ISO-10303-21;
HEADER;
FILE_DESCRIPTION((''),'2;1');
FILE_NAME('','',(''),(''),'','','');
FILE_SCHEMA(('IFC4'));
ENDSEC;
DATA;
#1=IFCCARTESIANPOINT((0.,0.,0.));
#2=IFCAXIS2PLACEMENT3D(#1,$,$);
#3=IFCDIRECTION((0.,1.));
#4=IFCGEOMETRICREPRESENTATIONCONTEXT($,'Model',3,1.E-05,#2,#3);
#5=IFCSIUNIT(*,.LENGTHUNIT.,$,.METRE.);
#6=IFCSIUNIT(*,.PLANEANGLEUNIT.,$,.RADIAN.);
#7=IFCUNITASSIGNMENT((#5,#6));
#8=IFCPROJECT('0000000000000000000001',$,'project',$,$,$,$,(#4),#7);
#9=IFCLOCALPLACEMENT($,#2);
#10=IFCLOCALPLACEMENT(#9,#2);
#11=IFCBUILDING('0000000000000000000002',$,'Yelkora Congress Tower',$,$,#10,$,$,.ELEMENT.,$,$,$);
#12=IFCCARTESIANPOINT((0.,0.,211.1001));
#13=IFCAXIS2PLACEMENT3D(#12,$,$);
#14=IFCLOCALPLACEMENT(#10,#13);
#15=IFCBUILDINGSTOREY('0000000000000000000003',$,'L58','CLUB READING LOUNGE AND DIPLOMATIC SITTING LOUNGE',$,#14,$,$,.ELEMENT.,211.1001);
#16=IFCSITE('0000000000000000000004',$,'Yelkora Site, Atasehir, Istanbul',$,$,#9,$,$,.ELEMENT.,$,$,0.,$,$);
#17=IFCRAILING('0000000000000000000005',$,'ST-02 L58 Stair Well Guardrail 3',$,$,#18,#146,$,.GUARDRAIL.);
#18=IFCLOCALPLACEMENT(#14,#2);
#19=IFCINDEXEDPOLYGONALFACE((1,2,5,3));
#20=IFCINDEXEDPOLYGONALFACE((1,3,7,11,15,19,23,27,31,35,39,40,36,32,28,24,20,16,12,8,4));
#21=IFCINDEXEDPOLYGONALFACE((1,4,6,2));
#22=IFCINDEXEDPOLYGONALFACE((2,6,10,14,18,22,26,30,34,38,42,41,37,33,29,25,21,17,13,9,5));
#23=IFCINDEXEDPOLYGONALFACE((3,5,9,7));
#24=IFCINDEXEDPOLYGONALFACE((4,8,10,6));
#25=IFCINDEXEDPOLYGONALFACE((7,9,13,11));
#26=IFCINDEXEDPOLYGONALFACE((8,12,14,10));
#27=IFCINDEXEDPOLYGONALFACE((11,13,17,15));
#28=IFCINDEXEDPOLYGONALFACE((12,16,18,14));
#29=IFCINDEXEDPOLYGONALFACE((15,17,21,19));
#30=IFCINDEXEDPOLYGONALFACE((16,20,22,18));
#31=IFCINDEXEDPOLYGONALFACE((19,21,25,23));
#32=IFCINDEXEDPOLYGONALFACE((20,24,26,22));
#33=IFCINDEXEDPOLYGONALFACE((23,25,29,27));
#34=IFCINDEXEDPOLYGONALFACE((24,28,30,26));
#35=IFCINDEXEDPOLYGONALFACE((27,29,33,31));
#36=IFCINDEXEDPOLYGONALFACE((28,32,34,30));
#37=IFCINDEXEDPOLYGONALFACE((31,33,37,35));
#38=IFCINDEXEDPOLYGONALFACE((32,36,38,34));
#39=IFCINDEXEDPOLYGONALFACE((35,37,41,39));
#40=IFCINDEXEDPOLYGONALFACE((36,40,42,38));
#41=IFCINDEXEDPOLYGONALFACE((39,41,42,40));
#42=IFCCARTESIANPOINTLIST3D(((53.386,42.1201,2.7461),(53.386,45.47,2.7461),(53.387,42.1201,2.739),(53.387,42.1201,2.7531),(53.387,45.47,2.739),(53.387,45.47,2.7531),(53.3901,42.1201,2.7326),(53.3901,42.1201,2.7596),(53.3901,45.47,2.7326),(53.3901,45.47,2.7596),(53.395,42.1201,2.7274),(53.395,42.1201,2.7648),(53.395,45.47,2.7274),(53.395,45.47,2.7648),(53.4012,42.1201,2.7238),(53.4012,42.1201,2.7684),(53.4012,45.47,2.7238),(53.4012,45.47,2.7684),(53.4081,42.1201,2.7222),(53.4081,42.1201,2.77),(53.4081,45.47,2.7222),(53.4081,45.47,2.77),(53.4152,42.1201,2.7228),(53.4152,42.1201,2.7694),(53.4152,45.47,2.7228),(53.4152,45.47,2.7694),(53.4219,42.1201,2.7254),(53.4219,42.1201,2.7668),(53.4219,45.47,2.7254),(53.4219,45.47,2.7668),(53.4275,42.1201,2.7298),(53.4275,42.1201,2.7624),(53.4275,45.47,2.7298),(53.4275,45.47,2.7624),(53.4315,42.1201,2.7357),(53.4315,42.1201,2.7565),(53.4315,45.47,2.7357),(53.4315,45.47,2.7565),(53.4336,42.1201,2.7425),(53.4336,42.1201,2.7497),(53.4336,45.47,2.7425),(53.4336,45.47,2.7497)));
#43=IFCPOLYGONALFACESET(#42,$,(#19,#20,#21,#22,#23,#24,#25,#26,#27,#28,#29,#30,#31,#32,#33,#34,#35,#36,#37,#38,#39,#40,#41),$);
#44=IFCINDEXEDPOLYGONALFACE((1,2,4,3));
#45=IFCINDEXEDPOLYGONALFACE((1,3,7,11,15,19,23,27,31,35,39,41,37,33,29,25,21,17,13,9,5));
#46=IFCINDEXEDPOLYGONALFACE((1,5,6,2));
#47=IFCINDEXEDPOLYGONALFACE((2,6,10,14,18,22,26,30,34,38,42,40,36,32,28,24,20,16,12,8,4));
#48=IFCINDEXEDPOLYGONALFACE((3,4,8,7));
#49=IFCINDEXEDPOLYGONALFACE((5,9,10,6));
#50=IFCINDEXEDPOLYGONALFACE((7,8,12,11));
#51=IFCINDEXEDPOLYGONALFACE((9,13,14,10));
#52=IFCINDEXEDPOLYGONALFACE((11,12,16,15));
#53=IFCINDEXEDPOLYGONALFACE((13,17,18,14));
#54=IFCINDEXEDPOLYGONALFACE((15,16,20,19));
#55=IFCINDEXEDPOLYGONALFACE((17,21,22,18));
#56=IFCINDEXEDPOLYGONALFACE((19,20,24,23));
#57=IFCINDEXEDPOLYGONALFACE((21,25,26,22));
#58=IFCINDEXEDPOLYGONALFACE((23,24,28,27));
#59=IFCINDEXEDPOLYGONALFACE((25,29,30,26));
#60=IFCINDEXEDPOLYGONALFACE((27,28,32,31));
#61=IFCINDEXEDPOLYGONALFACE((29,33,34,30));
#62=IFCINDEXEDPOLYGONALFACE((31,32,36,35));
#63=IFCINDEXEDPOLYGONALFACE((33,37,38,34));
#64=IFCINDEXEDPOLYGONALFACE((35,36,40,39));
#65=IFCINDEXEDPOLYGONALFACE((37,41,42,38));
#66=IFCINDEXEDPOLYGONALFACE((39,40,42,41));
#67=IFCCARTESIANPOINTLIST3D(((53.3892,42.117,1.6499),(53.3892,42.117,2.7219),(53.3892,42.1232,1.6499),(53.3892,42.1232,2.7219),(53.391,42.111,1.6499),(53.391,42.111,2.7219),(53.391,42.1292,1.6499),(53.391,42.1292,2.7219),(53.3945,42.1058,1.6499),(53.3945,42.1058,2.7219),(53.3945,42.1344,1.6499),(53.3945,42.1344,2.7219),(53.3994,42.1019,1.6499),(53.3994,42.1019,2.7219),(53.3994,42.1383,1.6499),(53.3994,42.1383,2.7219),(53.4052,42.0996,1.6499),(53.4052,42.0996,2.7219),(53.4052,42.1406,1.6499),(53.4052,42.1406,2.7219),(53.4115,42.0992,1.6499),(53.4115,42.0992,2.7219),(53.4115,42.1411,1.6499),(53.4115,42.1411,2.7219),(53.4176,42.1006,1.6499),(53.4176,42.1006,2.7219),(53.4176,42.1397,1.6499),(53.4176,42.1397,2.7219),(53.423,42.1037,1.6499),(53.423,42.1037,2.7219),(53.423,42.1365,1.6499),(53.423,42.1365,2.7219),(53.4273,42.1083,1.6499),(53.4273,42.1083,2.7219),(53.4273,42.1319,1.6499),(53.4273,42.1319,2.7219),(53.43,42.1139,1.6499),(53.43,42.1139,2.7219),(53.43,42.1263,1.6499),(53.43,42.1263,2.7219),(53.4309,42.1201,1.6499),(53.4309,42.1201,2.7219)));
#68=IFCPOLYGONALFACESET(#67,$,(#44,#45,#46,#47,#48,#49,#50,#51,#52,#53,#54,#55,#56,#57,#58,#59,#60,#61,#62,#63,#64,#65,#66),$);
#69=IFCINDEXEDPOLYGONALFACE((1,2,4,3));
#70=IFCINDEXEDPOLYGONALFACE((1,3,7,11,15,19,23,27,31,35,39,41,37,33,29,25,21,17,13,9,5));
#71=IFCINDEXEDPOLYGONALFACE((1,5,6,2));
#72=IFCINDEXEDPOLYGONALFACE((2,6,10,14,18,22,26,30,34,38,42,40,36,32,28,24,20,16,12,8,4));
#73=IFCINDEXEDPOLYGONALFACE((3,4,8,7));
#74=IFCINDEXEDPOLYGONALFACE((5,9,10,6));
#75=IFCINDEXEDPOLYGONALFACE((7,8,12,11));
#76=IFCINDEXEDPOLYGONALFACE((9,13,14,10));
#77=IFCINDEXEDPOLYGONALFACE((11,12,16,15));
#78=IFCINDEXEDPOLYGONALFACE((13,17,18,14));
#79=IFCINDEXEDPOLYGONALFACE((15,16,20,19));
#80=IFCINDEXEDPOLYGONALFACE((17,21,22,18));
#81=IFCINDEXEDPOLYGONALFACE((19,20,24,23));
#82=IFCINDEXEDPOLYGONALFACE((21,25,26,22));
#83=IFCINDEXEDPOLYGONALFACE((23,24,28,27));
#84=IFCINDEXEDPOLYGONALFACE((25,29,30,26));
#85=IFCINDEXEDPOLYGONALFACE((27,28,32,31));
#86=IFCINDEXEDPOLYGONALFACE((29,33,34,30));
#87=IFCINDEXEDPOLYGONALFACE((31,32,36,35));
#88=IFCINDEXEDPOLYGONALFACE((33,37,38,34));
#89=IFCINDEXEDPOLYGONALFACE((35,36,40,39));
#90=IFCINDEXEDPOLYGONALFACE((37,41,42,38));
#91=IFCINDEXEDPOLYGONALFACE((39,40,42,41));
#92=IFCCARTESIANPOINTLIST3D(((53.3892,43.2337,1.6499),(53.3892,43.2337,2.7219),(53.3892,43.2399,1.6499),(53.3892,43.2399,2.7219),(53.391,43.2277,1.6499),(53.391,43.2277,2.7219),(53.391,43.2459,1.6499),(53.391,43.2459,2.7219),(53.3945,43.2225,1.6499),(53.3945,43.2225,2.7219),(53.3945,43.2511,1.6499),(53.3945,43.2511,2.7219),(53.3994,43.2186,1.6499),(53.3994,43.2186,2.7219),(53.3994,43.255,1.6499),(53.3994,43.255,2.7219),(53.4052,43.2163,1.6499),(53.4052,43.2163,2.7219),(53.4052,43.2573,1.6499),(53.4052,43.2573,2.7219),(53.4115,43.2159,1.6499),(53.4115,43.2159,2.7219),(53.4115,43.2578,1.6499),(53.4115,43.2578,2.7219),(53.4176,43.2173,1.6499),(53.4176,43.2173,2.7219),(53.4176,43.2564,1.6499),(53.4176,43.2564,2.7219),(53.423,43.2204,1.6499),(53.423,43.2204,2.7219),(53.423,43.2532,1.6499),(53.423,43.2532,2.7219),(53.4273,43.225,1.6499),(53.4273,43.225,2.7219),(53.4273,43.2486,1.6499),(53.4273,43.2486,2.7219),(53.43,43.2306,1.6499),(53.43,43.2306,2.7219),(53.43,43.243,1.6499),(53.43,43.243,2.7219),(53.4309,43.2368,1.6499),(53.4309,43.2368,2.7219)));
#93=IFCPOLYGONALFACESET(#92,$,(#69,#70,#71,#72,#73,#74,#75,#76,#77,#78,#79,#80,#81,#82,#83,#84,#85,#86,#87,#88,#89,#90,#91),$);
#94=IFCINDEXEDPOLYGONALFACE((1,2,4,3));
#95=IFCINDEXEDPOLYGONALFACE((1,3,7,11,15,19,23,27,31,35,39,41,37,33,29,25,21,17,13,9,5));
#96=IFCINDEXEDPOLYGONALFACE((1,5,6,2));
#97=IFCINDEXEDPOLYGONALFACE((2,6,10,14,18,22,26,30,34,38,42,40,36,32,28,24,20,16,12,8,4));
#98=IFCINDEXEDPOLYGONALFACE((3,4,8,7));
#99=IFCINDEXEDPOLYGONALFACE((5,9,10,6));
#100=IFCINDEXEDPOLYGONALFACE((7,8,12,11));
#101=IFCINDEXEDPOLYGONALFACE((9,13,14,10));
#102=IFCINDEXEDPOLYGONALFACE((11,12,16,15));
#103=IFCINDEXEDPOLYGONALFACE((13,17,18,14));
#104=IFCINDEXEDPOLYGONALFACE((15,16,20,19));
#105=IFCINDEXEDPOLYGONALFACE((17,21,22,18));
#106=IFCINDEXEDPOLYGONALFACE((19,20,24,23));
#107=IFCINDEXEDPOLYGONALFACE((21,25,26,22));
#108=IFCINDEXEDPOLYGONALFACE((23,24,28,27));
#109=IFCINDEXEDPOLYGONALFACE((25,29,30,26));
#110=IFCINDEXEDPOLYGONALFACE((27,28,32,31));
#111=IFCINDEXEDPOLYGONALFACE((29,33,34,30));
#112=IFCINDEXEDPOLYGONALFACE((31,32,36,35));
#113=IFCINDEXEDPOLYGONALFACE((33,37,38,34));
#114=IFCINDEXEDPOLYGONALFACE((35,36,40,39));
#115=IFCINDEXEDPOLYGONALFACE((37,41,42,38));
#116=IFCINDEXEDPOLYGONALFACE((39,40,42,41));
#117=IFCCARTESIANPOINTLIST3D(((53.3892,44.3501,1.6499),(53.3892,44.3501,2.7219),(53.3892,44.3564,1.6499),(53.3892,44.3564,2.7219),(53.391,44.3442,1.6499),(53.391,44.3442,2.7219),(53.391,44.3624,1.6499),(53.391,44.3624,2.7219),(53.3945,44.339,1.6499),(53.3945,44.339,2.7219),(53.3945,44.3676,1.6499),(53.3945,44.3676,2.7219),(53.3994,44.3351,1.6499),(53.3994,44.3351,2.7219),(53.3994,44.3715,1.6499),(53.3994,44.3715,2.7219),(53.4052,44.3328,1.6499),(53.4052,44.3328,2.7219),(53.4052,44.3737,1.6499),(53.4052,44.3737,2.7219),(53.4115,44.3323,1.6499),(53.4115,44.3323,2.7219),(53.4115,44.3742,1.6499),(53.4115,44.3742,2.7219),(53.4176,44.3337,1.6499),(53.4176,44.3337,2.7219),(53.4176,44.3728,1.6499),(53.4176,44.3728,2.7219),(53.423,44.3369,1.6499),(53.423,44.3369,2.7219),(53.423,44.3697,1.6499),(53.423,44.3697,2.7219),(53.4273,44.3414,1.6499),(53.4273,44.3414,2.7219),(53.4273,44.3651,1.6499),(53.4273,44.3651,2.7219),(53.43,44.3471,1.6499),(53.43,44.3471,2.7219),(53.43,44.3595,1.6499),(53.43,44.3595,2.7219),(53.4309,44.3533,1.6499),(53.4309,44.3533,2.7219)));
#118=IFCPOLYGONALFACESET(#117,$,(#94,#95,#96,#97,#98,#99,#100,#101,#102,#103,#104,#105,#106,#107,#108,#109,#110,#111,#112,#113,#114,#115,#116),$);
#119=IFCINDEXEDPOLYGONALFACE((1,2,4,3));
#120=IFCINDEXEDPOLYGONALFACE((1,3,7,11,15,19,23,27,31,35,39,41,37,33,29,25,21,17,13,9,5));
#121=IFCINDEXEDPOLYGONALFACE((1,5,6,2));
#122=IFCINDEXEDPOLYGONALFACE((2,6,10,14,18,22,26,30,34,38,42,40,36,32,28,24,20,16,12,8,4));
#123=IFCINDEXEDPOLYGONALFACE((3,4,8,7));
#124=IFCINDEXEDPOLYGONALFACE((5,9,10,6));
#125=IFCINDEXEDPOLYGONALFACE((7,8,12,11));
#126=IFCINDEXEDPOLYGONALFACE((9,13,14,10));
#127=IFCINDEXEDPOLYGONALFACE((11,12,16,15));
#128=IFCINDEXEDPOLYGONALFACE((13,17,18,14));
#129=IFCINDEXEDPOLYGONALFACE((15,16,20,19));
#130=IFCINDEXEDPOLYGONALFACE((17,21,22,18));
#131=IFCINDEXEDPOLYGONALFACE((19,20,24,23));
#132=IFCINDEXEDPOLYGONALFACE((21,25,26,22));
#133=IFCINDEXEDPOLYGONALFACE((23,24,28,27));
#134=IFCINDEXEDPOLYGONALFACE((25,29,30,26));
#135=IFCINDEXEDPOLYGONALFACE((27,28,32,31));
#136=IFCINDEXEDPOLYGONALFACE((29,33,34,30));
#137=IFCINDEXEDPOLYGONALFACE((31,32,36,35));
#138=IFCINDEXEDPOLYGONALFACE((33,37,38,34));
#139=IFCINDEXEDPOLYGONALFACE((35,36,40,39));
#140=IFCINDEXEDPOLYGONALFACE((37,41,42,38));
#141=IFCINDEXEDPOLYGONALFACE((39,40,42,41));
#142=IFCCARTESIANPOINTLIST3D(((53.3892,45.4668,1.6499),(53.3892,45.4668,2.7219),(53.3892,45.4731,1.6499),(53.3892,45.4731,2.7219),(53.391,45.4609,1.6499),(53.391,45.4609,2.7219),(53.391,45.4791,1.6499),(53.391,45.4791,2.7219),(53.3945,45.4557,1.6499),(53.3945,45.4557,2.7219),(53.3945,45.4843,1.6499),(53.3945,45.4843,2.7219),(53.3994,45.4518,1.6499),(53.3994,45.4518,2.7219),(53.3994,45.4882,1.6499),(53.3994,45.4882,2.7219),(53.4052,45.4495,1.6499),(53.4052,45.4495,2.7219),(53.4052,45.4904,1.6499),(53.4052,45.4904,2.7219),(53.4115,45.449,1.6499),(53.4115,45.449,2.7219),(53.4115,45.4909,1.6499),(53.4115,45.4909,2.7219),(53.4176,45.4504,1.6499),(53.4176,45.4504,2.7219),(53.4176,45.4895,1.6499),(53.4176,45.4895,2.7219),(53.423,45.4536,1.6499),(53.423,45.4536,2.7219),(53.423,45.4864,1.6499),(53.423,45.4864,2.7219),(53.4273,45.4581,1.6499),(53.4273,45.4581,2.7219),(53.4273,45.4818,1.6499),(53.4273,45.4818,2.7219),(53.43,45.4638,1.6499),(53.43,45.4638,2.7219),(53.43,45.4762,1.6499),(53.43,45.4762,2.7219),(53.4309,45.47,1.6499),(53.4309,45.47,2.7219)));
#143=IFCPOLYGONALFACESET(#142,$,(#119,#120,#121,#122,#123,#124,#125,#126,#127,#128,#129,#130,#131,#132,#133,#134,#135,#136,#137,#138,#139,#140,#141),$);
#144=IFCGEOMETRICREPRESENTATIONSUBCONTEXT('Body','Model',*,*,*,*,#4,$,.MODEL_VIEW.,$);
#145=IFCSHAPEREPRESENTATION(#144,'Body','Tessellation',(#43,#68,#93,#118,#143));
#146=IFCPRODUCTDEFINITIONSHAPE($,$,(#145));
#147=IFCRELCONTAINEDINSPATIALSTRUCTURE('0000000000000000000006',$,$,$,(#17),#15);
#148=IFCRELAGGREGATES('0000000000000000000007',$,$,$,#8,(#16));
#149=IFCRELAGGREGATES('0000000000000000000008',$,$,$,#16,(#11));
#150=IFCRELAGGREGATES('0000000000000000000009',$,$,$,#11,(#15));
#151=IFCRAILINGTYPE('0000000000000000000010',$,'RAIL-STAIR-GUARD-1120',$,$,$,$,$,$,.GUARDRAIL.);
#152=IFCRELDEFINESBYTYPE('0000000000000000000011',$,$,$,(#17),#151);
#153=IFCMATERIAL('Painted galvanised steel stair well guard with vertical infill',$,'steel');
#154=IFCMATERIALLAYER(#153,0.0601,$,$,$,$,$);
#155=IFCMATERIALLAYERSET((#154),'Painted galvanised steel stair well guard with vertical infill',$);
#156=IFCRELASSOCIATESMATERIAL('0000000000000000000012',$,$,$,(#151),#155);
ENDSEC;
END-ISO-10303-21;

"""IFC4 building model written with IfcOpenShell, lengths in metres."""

from ifc_helpers import new_model, si_unit, direction, frame, origin, origin_2d, place, context, subcontext, project, spatial, circle, extrude, material, layer, layer_set, type_object, element, save


model = new_model("IFC4")

# Units and contexts
model_context = context("Model", 3, precision=1e-05, world=origin(), true_north=direction((0.0, 1.0)))
body_context = subcontext(model_context, "Body", "Model", "MODEL_VIEW")
ifc_project = project(units=[si_unit("LENGTHUNIT", "METRE"), si_unit("PLANEANGLEUNIT", "RADIAN")], contexts=[model_context])

# Site, building, storey
site_placement = place(None, origin())
site = spatial("IfcSite", under=ifc_project, at=site_placement, Name="Yelkora Site, Atasehir, Istanbul", CompositionType="ELEMENT", RefElevation=0.0)
building_placement = place(site_placement, origin())
building = spatial("IfcBuilding", under=site, at=building_placement, Name="Yelkora Congress Tower", CompositionType="ELEMENT")
storey_placement = place(building_placement, frame((0.0, 0.0, 211.1001)))
storey = spatial("IfcBuildingStorey", under=building, at=storey_placement, Name="L58", Description="CLUB READING LOUNGE AND DIPLOMATIC SITTING LOUNGE", CompositionType="ELEMENT", Elevation=211.1001)

# Railing
ifc_material_1 = material(Name="Painted galvanised steel stair well guard with vertical infill", Category="steel")
ifc_layer_1 = layer(ifc_material_1, 0.0601)
ifc_layer_set_1 = layer_set([ifc_layer_1], Name="Painted galvanised steel stair well guard with vertical infill")
railing_type_1 = type_object("IfcRailingType", Name="RAIL-STAIR-GUARD-1120", PredefinedType="GUARDRAIL", material=ifc_layer_set_1)
railing_1_placement = place(storey_placement, frame((53.4099, 42.1201, 1.6499)))
element("IfcRailing", 1, at=railing_1_placement, inside=storey, type_object=railing_type_1, Name="ST-02 L58 Stair Well Guardrail 3", PredefinedType="GUARDRAIL", context=body_context, shape_type="SweptSolid", body=[
    extrude(circle(Radius=0.0239, at=origin_2d()), frame((0.0, 0.0, 1.0962), z_axis=(0.0, 1.0, 0.0), x_axis=(-1.0, 0.0, 0.0)), (0.0, 0.0, 1.0), 3.3499),
    extrude(circle(Radius=0.021, at=origin_2d()), origin(), (0.0, 0.0, 1.0), 1.072),
    extrude(circle(Radius=0.021, at=origin_2d()), frame((0.0, 1.1167, 0.0)), (0.0, 0.0, 1.0), 1.072),
    extrude(circle(Radius=0.021, at=origin_2d()), frame((0.0, 2.2332, 0.0)), (0.0, 0.0, 1.0), 1.072),
    extrude(circle(Radius=0.021, at=origin_2d()), frame((0.0, 3.3499, 0.0)), (0.0, 0.0, 1.0), 1.072),
])

save(model, "model.ifc")
